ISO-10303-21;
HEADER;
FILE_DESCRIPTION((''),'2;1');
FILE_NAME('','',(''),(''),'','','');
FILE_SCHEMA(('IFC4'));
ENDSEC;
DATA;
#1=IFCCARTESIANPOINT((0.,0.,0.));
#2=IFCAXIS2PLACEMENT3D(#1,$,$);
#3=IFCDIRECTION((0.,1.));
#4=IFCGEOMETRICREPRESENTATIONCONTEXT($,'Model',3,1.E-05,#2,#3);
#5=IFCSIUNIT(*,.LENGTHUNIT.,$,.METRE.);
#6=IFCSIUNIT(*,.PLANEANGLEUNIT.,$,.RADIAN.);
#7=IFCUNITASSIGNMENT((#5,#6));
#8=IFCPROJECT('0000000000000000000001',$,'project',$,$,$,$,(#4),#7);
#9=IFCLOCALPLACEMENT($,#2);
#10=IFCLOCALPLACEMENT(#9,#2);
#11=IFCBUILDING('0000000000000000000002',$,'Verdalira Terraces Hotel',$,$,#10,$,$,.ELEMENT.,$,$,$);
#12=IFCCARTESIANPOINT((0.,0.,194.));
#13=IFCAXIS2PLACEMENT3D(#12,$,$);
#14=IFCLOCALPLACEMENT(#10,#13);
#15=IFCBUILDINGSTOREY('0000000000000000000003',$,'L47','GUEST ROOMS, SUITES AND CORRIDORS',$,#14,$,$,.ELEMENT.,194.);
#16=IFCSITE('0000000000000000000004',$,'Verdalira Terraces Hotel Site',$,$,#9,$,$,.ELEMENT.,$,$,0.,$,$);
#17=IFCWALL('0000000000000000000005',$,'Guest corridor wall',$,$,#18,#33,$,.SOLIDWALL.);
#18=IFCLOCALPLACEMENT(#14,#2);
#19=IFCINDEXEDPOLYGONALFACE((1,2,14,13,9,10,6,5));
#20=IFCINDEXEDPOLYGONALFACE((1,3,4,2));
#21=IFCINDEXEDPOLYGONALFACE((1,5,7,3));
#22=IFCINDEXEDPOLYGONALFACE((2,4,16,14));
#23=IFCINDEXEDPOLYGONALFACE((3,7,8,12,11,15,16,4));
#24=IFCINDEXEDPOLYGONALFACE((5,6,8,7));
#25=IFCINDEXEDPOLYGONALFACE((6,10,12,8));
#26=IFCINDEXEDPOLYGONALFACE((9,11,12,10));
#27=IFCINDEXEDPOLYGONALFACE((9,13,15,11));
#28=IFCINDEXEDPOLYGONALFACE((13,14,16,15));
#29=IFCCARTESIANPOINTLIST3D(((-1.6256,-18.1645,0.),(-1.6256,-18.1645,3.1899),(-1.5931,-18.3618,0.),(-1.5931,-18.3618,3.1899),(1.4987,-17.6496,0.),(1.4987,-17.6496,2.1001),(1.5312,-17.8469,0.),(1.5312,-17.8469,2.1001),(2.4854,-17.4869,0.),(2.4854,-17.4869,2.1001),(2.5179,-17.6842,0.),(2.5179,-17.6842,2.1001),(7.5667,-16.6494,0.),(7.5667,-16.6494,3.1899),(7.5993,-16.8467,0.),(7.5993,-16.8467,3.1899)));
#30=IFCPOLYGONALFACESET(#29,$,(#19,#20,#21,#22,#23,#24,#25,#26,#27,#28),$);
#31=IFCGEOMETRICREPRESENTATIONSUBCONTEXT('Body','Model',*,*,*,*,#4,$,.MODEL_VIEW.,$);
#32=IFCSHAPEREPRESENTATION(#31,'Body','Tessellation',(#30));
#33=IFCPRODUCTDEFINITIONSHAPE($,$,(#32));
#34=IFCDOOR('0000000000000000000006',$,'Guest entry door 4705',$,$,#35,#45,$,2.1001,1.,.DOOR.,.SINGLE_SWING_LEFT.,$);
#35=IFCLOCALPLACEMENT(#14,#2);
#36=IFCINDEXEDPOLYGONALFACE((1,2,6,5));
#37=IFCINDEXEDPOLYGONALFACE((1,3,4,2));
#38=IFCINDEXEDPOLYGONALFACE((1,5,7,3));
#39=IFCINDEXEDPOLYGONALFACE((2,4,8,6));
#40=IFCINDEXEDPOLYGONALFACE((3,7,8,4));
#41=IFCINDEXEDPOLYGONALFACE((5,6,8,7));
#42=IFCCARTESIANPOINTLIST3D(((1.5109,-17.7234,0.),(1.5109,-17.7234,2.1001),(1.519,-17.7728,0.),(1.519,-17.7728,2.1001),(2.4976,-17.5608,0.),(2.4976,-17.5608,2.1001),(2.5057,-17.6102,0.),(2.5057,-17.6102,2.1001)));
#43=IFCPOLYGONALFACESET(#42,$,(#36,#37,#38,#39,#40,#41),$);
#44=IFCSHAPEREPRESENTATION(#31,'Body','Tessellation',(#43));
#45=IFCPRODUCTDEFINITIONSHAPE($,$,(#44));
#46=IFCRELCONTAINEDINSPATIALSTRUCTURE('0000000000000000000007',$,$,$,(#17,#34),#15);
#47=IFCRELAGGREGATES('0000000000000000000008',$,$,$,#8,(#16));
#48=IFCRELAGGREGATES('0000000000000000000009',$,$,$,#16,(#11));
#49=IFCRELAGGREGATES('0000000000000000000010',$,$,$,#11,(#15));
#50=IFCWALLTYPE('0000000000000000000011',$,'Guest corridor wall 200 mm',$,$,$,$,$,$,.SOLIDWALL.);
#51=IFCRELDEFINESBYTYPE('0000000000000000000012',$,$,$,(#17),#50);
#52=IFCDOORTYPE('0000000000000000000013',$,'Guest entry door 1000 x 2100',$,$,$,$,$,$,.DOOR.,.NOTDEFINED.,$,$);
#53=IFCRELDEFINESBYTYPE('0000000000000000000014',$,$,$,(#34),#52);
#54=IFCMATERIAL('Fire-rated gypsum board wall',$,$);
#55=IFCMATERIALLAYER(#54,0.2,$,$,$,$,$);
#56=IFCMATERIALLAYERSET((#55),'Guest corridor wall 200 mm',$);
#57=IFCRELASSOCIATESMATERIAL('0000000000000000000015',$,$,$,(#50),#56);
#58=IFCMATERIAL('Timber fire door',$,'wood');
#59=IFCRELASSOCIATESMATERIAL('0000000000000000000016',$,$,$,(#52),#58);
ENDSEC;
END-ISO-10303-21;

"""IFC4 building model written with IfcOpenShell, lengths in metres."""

from ifc_helpers import new_model, si_unit, direction, frame, frame_2d, origin, place, context, subcontext, project, spatial, rectangle, extrude, material, layer, layer_set, type_object, element, fill, save


model = new_model("IFC4")

# Units and contexts
model_context = context("Model", 3, precision=1e-05, world=origin(), true_north=direction((0.0, 1.0)))
body_context = subcontext(model_context, "Body", "Model", "MODEL_VIEW")
ifc_project = project(units=[si_unit("LENGTHUNIT", "METRE"), si_unit("PLANEANGLEUNIT", "RADIAN")], contexts=[model_context])

# Site, building, storey
site_placement = place(None, origin())
site = spatial("IfcSite", under=ifc_project, at=site_placement, Name="Verdalira Terraces Hotel Site", CompositionType="ELEMENT", RefElevation=0.0)
building_placement = place(site_placement, origin())
building = spatial("IfcBuilding", under=site, at=building_placement, Name="Verdalira Terraces Hotel", CompositionType="ELEMENT")
storey_placement = place(building_placement, frame((0.0, 0.0, 194.0)))
storey = spatial("IfcBuildingStorey", under=building, at=storey_placement, Name="L47", Description="GUEST ROOMS, SUITES AND CORRIDORS", CompositionType="ELEMENT", Elevation=194.0)

# Wall, opening, door
ifc_material_1 = material(Name="Fire-rated gypsum board wall")
ifc_layer_1 = layer(ifc_material_1, 0.2)
ifc_layer_set_1 = layer_set([ifc_layer_1], Name="Guest corridor wall 200 mm")
wall_type_1 = type_object("IfcWallType", Name="Guest corridor wall 200 mm", PredefinedType="SOLIDWALL", material=ifc_layer_set_1)
wall_1_placement = place(storey_placement, frame((7.583, -16.748, 0.0), z_axis=(0.0, 0.0, 1.0), x_axis=(-0.986687, -0.162631, 0.0)))
wall_1 = element("IfcWall", 1, at=wall_1_placement, inside=storey, type_object=wall_type_1, Name="Guest corridor wall", PredefinedType="SOLIDWALL", context=body_context, shape_type="SweptSolid", body=[
    extrude(rectangle(XDim=9.3164, YDim=0.2, at=frame_2d((4.6582, 0.0))), origin(), (0.0, 0.0, 1.0), 3.1899),
])
opening_1_placement = place(wall_1_placement, frame((5.1499, 0.0, 0.0)))
opening_1 = element("IfcOpeningElement", 2, at=opening_1_placement, cuts=wall_1, PredefinedType="OPENING", context=body_context, shape_type="SweptSolid", body=[
    extrude(rectangle(XDim=1.0, YDim=2.1001, at=frame_2d((0.5, 1.05))), frame((0.0, 0.1099, 0.0), z_axis=(0.0, -1.0, 0.0), x_axis=(1.0, 0.0, 0.0)), (0.0, 0.0, 1.0), 0.22),
])
ifc_material_2 = material(Name="Timber fire door", Category="wood")
door_type_1 = type_object("IfcDoorType", Name="Guest entry door 1000 x 2100", OperationType="NOTDEFINED", PredefinedType="DOOR", material=ifc_material_2)
door_1_placement = place(opening_1_placement, origin())
door_1 = element("IfcDoor", 3, at=door_1_placement, inside=storey, type_object=door_type_1, Name="Guest entry door 4705", OperationType="SINGLE_SWING_LEFT", OverallHeight=2.1001, OverallWidth=1.0, PredefinedType="DOOR", context=body_context, shape_type="SweptSolid", body=[
    extrude(rectangle(XDim=1.0, YDim=2.1001, at=frame_2d((0.5, 1.05))), frame((0.0, 0.0249, 0.0), z_axis=(0.0, -1.0, 0.0), x_axis=(1.0, 0.0, 0.0)), (0.0, 0.0, 1.0), 0.05),
])
fill(opening_1, door_1)

save(model, "model.ifc")
